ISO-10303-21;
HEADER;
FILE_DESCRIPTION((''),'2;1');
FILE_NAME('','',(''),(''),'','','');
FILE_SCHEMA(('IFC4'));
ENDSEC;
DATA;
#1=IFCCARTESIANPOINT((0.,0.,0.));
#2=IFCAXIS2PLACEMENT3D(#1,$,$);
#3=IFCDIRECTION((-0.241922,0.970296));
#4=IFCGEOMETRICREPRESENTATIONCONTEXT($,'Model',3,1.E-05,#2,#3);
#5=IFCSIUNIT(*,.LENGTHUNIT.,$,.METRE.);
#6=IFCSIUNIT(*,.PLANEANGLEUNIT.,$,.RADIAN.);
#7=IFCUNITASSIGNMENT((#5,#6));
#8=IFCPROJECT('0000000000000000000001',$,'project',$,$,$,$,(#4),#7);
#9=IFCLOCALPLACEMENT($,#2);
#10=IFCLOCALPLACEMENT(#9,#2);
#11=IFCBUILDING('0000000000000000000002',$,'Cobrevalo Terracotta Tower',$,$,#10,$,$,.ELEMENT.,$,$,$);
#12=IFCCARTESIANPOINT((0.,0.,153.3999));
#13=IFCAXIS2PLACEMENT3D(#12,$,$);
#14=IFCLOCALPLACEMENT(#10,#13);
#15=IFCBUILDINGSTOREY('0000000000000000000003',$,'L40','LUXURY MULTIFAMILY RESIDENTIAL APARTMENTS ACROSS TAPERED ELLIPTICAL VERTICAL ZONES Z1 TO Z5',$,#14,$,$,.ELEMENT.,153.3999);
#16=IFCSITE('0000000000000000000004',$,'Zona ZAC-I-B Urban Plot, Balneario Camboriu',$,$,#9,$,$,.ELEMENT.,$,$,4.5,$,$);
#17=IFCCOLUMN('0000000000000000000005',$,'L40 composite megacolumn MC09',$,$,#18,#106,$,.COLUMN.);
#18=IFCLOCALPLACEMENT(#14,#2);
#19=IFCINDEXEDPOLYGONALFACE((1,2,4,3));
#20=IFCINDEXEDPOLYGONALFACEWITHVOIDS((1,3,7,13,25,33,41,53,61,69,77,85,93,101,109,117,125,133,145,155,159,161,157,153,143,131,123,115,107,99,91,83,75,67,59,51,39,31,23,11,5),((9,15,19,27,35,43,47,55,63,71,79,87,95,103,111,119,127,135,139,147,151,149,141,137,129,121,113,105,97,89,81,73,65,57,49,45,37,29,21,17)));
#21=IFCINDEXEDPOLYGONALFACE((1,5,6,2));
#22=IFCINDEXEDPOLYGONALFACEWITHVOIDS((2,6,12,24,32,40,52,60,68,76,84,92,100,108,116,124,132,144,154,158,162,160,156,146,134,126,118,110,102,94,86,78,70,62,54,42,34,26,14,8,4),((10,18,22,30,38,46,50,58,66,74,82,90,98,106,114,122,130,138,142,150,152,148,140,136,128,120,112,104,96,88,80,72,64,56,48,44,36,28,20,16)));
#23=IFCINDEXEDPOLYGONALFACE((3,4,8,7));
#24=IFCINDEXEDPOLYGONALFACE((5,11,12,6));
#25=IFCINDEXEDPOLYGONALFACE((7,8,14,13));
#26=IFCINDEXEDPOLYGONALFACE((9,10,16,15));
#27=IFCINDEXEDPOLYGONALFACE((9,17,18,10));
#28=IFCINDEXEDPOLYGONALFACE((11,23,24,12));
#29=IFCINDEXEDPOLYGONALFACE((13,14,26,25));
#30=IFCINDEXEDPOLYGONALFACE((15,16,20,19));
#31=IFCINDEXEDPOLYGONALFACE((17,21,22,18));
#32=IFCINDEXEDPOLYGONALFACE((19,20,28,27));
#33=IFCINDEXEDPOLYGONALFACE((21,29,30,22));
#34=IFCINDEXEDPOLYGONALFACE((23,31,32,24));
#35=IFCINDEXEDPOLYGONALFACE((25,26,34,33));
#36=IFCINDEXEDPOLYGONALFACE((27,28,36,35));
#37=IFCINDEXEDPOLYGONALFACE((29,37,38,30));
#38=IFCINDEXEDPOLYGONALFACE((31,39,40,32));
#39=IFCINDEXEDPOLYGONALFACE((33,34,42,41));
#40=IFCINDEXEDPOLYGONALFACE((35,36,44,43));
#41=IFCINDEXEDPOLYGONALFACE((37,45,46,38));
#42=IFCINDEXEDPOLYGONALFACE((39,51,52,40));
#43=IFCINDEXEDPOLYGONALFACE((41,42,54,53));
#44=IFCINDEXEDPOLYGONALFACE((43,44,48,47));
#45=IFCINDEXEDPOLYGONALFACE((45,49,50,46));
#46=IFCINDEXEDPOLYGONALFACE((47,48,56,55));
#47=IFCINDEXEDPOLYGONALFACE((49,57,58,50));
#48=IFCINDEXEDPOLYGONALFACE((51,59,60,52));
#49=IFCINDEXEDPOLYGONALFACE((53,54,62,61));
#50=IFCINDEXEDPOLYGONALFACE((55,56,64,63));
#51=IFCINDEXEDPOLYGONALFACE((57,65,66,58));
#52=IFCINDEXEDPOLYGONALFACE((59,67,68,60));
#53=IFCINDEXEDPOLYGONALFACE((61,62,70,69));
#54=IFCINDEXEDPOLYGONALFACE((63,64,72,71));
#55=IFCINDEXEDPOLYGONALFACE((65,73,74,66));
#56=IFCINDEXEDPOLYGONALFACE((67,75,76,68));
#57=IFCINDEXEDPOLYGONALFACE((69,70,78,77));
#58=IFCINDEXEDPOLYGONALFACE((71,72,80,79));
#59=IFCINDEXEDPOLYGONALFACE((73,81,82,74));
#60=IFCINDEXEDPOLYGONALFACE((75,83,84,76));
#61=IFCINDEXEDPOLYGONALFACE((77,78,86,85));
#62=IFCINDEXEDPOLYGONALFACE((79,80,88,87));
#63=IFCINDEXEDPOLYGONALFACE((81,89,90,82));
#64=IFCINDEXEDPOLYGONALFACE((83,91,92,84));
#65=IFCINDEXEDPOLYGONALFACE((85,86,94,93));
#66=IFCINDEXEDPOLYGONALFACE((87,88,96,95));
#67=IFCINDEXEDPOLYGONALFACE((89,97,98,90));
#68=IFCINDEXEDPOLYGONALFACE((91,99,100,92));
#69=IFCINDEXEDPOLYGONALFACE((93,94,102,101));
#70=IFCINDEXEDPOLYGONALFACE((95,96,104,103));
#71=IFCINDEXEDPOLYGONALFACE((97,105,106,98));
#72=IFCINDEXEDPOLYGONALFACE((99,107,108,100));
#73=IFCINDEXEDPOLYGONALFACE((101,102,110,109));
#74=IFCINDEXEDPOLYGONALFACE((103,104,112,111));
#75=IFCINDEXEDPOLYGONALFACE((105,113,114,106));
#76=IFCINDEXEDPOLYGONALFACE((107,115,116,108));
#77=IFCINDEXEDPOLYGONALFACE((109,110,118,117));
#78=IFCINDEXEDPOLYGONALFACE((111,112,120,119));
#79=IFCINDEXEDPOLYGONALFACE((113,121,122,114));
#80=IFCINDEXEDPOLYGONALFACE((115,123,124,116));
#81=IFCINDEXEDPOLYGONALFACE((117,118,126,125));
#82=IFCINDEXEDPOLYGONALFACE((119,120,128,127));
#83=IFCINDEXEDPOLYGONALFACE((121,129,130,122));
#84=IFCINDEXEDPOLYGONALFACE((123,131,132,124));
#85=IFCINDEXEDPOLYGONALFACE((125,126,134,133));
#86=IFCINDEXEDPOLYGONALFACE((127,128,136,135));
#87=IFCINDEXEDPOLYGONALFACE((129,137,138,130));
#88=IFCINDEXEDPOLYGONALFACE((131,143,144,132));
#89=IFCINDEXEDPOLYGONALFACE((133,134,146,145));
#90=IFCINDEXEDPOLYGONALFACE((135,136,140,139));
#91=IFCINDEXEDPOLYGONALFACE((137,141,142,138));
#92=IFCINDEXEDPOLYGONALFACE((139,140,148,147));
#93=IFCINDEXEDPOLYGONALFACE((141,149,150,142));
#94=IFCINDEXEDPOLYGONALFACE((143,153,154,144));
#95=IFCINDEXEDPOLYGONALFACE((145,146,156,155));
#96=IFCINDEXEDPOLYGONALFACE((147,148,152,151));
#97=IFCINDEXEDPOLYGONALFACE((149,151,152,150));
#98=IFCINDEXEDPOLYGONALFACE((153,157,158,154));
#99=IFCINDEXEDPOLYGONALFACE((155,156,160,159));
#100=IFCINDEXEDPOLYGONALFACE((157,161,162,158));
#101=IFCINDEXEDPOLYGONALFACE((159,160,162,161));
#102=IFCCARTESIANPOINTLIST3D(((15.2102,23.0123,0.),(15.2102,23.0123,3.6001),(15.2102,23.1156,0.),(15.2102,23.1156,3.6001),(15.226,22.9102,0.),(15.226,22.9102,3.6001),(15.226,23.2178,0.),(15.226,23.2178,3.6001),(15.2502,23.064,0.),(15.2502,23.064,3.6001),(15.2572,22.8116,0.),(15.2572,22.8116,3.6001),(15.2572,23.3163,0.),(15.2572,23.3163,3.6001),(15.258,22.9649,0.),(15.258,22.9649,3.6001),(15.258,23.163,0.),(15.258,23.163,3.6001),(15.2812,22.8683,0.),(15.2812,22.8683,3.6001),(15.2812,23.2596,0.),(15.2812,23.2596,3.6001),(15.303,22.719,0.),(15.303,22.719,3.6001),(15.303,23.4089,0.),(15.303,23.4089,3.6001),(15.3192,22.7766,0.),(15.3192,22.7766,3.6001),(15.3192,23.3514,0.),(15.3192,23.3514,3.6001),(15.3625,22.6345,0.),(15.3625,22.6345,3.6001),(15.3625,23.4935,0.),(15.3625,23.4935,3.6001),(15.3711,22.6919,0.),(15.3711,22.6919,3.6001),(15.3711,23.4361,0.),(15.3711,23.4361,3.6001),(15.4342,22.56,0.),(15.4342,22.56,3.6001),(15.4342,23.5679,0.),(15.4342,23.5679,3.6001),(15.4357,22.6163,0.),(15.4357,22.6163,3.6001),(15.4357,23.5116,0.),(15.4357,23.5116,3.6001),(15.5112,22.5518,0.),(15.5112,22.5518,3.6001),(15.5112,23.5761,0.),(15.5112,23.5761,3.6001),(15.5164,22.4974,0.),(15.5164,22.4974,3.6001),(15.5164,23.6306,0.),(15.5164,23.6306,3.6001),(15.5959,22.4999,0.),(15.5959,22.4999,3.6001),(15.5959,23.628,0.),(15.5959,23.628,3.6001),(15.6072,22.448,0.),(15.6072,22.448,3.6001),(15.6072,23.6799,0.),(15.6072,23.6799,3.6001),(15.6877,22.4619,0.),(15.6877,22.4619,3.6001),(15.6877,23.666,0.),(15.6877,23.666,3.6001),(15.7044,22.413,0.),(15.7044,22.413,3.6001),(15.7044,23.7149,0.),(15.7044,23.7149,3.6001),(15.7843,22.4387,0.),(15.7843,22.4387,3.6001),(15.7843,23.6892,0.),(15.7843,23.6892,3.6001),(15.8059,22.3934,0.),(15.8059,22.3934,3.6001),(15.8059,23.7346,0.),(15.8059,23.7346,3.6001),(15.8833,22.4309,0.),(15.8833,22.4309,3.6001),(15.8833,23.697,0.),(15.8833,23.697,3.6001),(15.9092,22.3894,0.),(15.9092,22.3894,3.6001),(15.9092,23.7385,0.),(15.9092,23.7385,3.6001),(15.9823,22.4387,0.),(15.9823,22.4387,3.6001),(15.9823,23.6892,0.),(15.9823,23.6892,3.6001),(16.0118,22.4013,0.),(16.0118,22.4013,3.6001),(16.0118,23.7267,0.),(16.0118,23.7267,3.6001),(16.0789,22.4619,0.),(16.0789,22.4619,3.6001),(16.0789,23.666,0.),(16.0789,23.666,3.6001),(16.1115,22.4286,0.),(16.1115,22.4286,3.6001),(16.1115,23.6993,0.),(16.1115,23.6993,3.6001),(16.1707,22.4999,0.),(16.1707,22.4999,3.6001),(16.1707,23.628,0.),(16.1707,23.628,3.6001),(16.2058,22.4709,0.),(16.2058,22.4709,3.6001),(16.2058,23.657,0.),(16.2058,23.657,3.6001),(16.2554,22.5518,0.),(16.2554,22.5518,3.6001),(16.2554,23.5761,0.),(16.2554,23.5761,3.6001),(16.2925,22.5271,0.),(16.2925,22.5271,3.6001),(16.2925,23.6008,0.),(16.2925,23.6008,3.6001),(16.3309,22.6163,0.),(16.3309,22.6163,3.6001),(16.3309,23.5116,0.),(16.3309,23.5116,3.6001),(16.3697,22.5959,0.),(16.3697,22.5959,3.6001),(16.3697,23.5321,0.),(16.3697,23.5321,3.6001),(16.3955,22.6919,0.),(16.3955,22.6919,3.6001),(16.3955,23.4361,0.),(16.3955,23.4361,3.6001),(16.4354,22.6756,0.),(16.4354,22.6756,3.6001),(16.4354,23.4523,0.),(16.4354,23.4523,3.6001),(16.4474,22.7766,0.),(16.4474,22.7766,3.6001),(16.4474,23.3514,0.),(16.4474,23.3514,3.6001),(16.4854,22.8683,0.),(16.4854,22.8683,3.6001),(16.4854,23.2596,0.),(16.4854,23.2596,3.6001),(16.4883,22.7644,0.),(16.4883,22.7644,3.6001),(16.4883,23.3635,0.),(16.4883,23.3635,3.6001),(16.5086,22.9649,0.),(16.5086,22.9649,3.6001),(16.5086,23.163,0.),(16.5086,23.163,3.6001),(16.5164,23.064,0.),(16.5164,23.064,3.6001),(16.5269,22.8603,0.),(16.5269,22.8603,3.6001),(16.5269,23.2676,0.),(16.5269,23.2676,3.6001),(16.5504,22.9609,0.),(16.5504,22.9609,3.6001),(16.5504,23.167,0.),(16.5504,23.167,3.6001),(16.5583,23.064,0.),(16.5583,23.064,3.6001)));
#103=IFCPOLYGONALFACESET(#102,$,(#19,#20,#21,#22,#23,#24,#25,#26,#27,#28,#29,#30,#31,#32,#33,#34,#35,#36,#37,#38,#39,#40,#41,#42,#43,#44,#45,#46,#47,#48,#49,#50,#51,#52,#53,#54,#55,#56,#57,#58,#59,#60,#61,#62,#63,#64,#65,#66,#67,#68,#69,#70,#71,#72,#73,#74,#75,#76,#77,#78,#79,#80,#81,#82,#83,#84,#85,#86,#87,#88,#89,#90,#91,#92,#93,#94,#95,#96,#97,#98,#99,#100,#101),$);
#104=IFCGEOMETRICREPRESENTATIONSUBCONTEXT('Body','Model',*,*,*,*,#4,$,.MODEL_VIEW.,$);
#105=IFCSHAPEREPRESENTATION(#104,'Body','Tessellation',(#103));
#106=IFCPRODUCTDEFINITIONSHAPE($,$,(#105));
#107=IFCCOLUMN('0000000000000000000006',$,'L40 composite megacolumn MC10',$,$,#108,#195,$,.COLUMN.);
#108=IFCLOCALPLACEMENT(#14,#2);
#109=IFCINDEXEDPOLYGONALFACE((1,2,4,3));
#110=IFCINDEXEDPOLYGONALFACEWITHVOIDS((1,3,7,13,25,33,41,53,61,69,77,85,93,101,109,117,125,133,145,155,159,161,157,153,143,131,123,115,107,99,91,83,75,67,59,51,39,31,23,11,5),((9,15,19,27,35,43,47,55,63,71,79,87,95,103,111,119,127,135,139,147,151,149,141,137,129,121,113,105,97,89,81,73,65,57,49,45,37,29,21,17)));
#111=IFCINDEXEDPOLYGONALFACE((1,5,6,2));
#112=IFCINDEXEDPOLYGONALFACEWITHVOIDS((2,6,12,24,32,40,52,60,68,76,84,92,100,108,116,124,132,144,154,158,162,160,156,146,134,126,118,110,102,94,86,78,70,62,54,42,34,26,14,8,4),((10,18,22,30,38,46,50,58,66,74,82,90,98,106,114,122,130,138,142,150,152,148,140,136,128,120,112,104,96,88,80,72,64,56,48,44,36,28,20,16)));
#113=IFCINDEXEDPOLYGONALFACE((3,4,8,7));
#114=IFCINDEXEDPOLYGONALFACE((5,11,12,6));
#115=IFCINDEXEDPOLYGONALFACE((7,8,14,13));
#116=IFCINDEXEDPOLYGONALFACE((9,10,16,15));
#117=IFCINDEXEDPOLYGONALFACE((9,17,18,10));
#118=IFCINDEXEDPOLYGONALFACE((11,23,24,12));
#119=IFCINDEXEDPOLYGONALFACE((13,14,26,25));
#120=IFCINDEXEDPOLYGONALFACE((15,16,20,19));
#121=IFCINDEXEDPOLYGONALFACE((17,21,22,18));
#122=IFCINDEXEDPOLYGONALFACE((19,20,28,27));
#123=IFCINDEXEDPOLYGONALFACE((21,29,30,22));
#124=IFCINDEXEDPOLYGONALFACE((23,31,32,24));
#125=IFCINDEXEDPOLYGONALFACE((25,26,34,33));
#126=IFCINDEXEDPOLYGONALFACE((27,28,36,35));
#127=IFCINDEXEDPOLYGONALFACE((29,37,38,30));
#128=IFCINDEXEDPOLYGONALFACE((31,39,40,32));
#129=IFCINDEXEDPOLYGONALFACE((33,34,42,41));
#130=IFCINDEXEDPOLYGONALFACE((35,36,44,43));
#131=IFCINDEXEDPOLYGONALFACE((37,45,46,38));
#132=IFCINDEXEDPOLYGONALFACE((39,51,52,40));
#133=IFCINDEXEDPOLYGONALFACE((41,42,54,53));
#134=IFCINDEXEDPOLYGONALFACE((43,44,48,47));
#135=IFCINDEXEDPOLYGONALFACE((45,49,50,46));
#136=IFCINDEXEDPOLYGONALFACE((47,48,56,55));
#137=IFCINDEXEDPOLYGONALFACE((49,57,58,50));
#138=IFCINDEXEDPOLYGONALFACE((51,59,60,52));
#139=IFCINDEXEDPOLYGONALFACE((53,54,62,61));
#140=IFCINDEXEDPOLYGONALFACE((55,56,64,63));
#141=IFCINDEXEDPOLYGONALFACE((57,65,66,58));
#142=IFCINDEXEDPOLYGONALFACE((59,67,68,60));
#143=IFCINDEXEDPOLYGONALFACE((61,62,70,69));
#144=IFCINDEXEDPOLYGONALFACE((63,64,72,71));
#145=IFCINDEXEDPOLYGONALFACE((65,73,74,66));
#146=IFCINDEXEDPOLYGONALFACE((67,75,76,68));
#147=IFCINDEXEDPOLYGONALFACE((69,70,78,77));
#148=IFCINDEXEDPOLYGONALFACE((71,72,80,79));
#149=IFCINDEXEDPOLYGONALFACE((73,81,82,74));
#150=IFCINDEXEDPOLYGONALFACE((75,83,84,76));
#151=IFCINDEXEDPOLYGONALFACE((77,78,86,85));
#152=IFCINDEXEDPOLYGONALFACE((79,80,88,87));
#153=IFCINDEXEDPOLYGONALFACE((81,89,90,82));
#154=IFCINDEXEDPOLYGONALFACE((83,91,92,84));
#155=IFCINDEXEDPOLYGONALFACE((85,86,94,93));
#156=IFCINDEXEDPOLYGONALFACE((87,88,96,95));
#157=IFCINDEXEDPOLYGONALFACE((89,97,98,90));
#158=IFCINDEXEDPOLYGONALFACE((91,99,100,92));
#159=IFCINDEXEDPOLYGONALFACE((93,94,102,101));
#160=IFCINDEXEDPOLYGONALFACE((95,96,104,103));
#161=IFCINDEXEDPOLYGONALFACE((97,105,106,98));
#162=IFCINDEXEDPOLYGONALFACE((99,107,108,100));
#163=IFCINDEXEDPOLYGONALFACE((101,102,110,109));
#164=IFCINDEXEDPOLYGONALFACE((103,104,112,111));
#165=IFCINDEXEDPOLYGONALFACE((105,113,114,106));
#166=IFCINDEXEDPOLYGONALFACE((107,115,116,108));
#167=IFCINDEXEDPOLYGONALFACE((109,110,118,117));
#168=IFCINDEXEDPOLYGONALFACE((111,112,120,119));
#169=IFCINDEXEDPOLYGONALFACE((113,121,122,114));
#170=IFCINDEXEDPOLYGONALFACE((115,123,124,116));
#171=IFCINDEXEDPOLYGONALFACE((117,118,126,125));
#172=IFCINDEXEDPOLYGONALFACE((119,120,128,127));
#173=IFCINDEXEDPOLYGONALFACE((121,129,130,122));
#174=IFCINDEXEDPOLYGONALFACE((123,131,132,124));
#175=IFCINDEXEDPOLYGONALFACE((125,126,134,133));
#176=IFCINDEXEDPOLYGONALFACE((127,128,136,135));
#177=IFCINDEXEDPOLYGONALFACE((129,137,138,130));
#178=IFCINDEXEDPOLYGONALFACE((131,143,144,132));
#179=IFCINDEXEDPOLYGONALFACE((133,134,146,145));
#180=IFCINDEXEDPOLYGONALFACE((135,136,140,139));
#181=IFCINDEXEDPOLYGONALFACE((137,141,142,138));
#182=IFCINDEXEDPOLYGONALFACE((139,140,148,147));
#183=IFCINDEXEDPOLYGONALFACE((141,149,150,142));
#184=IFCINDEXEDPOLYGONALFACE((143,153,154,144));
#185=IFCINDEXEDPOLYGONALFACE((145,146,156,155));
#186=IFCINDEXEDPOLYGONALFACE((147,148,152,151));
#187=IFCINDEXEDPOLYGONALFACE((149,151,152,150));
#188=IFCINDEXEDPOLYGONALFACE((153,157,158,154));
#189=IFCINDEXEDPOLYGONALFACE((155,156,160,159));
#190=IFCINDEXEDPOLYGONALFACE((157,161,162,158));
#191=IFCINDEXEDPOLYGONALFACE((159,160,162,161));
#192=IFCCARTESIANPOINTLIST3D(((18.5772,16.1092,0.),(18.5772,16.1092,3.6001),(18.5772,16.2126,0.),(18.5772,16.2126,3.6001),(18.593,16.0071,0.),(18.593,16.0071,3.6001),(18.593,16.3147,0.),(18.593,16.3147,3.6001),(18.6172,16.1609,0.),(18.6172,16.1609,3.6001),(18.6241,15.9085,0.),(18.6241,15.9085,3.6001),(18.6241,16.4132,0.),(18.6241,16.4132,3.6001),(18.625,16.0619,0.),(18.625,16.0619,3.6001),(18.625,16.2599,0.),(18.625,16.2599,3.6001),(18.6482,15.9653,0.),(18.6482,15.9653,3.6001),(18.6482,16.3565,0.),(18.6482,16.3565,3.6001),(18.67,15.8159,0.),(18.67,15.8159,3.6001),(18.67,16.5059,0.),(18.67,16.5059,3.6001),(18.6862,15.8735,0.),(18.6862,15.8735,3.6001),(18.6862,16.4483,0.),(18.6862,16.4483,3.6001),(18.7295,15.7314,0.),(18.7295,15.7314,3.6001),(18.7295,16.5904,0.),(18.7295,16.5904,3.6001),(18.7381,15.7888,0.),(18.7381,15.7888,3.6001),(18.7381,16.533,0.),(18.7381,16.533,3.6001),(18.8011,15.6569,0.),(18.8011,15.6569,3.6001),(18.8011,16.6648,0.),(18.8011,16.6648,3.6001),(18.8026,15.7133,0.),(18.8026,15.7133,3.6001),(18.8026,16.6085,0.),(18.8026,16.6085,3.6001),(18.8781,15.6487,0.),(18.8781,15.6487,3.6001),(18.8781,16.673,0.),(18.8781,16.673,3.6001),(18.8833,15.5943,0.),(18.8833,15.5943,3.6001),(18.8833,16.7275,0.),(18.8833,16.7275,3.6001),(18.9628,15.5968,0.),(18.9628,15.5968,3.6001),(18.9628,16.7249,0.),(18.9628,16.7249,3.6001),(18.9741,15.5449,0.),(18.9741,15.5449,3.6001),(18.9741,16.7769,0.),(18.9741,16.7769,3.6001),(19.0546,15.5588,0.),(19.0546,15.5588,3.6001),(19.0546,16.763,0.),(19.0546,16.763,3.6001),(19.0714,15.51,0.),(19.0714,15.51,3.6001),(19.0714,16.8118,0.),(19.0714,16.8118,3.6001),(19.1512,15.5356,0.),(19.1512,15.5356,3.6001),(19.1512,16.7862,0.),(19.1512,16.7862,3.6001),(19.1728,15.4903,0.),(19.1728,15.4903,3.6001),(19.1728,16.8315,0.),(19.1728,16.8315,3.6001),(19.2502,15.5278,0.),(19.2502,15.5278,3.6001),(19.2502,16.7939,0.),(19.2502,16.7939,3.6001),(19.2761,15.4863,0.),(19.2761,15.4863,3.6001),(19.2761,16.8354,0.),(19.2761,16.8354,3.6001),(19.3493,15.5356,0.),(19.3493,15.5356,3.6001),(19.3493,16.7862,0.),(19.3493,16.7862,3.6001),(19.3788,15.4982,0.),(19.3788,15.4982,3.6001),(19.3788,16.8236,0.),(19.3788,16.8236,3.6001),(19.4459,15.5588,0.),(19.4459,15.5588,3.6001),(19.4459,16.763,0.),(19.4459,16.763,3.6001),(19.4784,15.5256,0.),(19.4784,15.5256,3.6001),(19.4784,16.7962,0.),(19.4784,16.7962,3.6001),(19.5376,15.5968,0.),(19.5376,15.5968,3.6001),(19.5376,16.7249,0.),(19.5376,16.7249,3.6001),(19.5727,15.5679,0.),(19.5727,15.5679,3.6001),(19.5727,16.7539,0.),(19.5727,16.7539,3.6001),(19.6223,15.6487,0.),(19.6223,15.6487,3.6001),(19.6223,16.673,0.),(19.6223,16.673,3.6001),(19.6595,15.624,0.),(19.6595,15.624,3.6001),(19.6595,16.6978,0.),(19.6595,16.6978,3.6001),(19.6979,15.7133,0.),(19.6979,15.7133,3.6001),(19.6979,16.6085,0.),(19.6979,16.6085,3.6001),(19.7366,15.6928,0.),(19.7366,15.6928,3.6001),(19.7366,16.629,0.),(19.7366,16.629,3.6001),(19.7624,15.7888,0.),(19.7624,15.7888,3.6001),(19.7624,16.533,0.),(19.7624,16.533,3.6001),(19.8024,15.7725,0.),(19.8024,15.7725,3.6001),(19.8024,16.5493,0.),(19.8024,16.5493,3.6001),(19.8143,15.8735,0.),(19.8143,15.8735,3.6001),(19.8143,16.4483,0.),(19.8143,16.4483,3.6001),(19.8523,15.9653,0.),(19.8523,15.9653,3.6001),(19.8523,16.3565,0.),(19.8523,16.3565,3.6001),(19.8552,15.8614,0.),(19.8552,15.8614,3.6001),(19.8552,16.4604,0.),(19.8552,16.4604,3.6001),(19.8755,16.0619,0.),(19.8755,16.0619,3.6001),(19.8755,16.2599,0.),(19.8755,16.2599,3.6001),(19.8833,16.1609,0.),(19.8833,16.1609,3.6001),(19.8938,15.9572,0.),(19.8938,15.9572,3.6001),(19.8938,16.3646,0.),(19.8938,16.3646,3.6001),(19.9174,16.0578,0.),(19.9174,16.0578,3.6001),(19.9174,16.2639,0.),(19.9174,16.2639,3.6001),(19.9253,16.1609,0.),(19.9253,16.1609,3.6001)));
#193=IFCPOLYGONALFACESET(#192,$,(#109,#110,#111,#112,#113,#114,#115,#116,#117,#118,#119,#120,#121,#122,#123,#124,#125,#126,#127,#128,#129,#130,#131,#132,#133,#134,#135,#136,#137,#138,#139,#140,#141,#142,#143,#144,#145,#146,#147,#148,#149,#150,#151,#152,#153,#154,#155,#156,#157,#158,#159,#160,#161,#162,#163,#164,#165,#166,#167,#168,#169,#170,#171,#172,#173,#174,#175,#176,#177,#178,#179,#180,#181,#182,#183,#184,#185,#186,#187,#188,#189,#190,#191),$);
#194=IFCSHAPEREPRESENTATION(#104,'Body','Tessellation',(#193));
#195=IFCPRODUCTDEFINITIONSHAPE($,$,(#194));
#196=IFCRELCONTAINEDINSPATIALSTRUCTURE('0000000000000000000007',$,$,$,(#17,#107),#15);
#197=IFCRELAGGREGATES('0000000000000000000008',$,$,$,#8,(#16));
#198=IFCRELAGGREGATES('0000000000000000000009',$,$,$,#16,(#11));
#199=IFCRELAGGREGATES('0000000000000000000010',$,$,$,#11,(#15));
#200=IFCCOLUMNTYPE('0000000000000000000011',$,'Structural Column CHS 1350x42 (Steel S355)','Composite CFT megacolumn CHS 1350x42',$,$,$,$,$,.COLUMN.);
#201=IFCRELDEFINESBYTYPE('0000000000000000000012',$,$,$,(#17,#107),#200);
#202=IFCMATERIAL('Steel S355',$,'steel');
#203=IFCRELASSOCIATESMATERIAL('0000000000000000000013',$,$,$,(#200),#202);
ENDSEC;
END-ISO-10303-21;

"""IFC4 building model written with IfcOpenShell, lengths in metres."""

from ifc_helpers import new_model, si_unit, direction, frame, origin, origin_2d, place, context, subcontext, project, spatial, hollow_circle, extrude, material, material_profile, profile_set, type_object, element, save


model = new_model("IFC4")

# Units and contexts
model_context = context("Model", 3, precision=1e-05, world=origin(), true_north=direction((-0.241922, 0.970296)))
body_context = subcontext(model_context, "Body", "Model", "MODEL_VIEW")
ifc_project = project(units=[si_unit("LENGTHUNIT", "METRE"), si_unit("PLANEANGLEUNIT", "RADIAN")], contexts=[model_context])

# Site, building, storey
site_placement = place(None, origin())
site = spatial("IfcSite", under=ifc_project, at=site_placement, Name="Zona ZAC-I-B Urban Plot, Balneario Camboriu", CompositionType="ELEMENT", RefElevation=4.5)
building_placement = place(site_placement, origin())
building = spatial("IfcBuilding", under=site, at=building_placement, Name="Cobrevalo Terracotta Tower", CompositionType="ELEMENT")
storey_placement = place(building_placement, frame((0.0, 0.0, 153.3999)))
storey = spatial("IfcBuildingStorey", under=building, at=storey_placement, Name="L40", Description="LUXURY MULTIFAMILY RESIDENTIAL APARTMENTS ACROSS TAPERED ELLIPTICAL VERTICAL ZONES Z1 TO Z5", CompositionType="ELEMENT", Elevation=153.3999)

# Columns
ifc_material_1 = material(Name="Steel S355", Category="steel")
ifc_material_profile_1 = material_profile(ifc_material_1, hollow_circle(Radius=0.675, WallThickness=0.042, at=origin_2d()), Name="CHS 1350x42")
ifc_profile_set_1 = profile_set([ifc_material_profile_1], Name="Steel S355")
column_type = type_object("IfcColumnType", Name="Structural Column CHS 1350x42 (Steel S355)", Description="Composite CFT megacolumn CHS 1350x42", PredefinedType="COLUMN", material=ifc_profile_set_1)
for number, where, z_axis, x_axis, name in (
    (1, (15.8833, 23.064, 0.0), (0.0, 0.0, 1.0), (1.0, 0.0, 0.0), "L40 composite megacolumn MC09"),
    (2, (19.2502, 16.1609, 0.0), (0.0, 0.0, 1.0), (1.0, 0.0, 0.0), "L40 composite megacolumn MC10"),
):
    element("IfcColumn", number, at=place(storey_placement, frame(where, z_axis=z_axis, x_axis=x_axis)), inside=storey, type_object=column_type, Name=name, PredefinedType="COLUMN", context=body_context, shape_type="SweptSolid", body=[
        extrude(hollow_circle(Radius=0.675, WallThickness=0.042, at=origin_2d()), origin(), (0.0, 0.0, 1.0), 3.6001),
    ])

save(model, "model.ifc")
